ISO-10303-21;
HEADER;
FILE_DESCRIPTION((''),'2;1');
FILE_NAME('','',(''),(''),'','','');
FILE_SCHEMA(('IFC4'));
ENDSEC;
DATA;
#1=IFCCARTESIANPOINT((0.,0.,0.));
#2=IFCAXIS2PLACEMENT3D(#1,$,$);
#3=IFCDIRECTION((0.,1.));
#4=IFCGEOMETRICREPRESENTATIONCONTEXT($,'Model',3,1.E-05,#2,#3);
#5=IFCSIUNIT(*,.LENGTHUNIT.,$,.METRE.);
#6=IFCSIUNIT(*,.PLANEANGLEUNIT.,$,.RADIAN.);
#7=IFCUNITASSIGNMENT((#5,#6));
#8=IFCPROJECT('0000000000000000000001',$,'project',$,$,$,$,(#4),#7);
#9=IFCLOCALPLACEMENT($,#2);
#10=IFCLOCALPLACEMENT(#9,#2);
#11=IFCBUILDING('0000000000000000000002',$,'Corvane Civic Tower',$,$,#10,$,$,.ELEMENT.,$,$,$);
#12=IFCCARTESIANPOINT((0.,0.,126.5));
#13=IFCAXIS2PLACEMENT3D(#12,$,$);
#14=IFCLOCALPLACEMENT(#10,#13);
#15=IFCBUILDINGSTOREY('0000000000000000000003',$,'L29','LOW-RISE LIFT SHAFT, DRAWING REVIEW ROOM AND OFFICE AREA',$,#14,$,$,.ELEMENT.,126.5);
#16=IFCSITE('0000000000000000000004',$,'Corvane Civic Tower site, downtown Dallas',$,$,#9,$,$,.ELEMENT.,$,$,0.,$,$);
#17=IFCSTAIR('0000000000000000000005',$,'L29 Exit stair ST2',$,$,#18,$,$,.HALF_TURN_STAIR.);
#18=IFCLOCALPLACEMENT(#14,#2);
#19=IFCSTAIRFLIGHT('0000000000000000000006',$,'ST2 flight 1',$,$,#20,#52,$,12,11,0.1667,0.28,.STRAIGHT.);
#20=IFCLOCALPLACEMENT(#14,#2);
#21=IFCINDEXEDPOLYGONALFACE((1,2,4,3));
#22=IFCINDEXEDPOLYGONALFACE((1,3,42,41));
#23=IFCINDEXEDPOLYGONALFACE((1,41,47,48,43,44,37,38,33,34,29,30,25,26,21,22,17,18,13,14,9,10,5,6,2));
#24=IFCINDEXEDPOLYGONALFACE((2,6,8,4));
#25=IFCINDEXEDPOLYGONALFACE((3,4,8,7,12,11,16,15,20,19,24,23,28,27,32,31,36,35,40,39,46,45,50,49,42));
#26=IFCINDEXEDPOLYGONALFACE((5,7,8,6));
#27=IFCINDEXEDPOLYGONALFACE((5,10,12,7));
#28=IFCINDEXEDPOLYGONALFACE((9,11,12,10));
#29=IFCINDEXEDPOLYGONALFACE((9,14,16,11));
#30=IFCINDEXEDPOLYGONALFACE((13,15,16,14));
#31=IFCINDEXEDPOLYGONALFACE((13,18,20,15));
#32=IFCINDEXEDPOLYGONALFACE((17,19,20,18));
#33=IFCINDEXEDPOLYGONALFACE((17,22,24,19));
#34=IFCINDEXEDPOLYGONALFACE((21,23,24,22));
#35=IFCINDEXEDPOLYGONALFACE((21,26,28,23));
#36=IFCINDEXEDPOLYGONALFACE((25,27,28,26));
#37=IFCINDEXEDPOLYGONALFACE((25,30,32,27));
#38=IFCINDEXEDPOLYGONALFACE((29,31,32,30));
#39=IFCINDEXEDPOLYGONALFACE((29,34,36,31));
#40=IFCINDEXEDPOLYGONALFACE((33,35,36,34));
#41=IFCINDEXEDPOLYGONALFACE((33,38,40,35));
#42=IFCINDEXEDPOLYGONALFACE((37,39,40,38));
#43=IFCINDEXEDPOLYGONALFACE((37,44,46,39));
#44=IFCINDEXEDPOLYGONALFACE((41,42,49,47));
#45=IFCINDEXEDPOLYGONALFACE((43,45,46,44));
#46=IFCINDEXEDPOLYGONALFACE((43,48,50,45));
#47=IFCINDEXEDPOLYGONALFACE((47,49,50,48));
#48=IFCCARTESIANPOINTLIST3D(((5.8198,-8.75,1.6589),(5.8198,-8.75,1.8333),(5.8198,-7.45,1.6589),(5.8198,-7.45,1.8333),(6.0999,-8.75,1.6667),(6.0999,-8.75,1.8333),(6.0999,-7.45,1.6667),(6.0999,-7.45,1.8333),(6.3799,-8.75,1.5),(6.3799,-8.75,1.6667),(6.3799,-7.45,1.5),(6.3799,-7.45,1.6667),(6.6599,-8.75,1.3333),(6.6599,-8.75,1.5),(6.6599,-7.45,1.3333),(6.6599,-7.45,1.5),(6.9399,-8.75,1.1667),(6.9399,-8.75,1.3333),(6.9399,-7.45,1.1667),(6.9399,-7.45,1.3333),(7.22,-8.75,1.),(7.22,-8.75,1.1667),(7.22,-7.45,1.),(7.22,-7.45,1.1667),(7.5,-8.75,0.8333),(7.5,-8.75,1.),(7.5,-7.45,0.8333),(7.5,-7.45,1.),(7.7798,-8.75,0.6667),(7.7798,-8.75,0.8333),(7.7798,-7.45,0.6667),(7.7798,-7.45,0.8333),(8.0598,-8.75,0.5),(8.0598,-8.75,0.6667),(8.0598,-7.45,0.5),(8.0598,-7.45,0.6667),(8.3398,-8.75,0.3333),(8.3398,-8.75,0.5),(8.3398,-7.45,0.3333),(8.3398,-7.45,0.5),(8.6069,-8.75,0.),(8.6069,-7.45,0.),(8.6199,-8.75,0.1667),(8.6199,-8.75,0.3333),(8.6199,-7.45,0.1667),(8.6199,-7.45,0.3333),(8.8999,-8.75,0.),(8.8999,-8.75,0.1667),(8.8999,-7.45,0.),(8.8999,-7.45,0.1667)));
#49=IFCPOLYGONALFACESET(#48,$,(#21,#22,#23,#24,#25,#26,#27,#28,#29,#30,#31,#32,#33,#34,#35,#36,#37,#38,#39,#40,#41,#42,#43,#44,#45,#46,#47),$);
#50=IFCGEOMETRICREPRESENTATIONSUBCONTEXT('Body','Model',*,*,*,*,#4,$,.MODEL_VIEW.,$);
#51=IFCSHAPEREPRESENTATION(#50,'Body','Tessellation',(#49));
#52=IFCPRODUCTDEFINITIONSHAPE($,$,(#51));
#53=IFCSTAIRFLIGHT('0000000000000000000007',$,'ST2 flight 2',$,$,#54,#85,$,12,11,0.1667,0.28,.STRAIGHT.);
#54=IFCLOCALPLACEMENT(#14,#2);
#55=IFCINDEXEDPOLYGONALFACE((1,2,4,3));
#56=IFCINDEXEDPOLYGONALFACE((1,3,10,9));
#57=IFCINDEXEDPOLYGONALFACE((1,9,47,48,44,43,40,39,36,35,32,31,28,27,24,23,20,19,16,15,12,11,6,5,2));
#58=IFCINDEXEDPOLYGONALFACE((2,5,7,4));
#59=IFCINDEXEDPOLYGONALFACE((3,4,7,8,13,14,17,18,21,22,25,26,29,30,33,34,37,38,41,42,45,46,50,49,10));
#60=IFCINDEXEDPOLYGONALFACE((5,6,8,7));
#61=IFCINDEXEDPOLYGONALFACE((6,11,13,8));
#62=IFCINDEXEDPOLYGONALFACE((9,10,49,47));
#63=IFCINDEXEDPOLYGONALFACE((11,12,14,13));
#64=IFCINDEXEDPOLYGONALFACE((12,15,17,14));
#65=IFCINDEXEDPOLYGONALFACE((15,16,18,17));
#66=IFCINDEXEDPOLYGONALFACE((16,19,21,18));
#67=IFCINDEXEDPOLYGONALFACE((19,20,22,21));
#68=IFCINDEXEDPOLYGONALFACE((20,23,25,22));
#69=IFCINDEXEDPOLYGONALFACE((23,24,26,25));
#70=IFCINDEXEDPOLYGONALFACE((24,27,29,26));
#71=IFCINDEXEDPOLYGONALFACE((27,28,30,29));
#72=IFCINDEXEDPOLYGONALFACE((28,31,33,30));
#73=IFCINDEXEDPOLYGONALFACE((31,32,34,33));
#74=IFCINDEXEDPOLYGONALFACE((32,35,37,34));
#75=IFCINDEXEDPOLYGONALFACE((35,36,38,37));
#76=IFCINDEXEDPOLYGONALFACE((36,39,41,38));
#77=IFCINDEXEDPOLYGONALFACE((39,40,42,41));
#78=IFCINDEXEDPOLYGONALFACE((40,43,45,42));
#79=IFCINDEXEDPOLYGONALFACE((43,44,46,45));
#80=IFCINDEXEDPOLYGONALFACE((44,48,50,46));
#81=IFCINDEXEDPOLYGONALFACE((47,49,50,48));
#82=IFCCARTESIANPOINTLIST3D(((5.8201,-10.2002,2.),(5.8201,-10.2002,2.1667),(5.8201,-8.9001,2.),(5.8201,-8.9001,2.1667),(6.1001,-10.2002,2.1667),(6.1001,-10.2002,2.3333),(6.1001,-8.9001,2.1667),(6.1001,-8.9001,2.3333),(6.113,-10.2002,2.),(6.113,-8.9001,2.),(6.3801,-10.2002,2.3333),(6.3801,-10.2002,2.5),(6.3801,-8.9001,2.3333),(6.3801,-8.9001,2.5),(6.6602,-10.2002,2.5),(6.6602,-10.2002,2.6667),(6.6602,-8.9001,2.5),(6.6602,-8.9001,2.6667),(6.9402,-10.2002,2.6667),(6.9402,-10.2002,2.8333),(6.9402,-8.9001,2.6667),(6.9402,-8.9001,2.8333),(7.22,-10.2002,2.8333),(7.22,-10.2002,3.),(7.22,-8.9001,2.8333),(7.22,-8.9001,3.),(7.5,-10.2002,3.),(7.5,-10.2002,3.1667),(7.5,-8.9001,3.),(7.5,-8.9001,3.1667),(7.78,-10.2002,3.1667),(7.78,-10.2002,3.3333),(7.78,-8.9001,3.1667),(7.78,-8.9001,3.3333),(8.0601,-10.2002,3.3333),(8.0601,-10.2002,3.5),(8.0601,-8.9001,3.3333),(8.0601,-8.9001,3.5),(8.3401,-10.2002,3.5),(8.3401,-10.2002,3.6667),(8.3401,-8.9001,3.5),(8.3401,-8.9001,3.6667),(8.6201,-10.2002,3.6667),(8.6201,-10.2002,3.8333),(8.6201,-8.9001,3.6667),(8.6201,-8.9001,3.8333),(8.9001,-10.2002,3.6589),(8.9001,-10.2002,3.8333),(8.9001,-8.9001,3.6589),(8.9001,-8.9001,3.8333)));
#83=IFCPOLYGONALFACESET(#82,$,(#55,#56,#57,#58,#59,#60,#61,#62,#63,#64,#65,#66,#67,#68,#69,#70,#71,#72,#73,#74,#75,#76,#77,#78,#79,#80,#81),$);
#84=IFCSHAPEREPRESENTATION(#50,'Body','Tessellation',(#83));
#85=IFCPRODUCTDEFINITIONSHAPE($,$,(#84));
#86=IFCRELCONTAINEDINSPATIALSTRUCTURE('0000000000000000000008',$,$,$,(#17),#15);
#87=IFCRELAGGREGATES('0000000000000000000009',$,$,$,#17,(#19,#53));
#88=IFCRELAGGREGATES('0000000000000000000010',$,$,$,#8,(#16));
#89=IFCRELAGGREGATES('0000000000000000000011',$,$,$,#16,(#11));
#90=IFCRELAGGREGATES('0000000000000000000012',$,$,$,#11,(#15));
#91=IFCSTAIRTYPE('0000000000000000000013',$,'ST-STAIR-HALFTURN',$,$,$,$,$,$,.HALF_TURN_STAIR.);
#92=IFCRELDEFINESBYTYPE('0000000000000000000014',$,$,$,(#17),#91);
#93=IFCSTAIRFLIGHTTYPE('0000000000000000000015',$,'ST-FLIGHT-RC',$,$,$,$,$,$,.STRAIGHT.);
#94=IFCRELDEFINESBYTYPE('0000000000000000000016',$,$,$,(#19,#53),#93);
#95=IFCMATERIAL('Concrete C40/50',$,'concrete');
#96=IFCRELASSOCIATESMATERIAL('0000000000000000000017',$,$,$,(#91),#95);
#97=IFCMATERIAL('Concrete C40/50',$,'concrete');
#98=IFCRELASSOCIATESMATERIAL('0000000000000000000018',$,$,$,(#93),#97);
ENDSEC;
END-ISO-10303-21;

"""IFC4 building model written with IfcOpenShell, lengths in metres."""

from ifc_helpers import new_model, si_unit, direction, frame, origin, place, context, subcontext, project, spatial, polyline, outline, extrude, material, type_object, element, aggregate, save


model = new_model("IFC4")

# Units and contexts
model_context = context("Model", 3, precision=1e-05, world=origin(), true_north=direction((0.0, 1.0)))
body_context = subcontext(model_context, "Body", "Model", "MODEL_VIEW")
ifc_project = project(units=[si_unit("LENGTHUNIT", "METRE"), si_unit("PLANEANGLEUNIT", "RADIAN")], contexts=[model_context])

# Site, building, storey
site_placement = place(None, origin())
site = spatial("IfcSite", under=ifc_project, at=site_placement, Name="Corvane Civic Tower site, downtown Dallas", CompositionType="ELEMENT", RefElevation=0.0)
building_placement = place(site_placement, origin())
building = spatial("IfcBuilding", under=site, at=building_placement, Name="Corvane Civic Tower", CompositionType="ELEMENT")
storey_placement = place(building_placement, frame((0.0, 0.0, 126.5)))
storey = spatial("IfcBuildingStorey", under=building, at=storey_placement, Name="L29", Description="LOW-RISE LIFT SHAFT, DRAWING REVIEW ROOM AND OFFICE AREA", CompositionType="ELEMENT", Elevation=126.5)

# Stair
ifc_material_1 = material(Name="Concrete C40/50", Category="concrete")
stair_type = type_object("IfcStairType", Name="ST-STAIR-HALFTURN", PredefinedType="HALF_TURN_STAIR", material=ifc_material_1)
stair_1_placement = place(storey_placement, origin())
stair_1 = element("IfcStair", 1, at=stair_1_placement, inside=storey, type_object=stair_type, Name="L29 Exit stair ST2", PredefinedType="HALF_TURN_STAIR")

# Stair flights
ifc_material_2 = material(Name="Concrete C40/50", Category="concrete")
stair_flight_type = type_object("IfcStairFlightType", Name="ST-FLIGHT-RC", PredefinedType="STRAIGHT", material=ifc_material_2)
stair_flight_1_placement = place(storey_placement, frame((8.8999, -8.1001, 0.0), z_axis=(0.0, 0.0, 1.0), x_axis=(-1.0, 0.0, 0.0)))
stair_flight_1 = element("IfcStairFlight", 2, at=stair_flight_1_placement, type_object=stair_flight_type, Name="ST2 flight 1", NumberOfRisers=12, NumberOfTreads=11, PredefinedType="STRAIGHT", RiserHeight=0.1667, TreadLength=0.28, context=body_context, shape_type="SweptSolid", body=[
    extrude(outline(polyline([(0.0, 0.0), (0.0, 0.1667), (0.28, 0.1667), (0.28, 0.3333), (0.5601, 0.3333), (0.5601, 0.5), (0.8401, 0.5), (0.8401, 0.6667), (1.1201, 0.6667), (1.1201, 0.8333), (1.3999, 0.8333), (1.3999, 1.0), (1.6799, 1.0), (1.6799, 1.1667), (1.96, 1.1667), (1.96, 1.3333), (2.24, 1.3333), (2.24, 1.5), (2.52, 1.5), (2.52, 1.6667), (2.8, 1.6667), (2.8, 1.8333), (3.0801, 1.8333), (3.0801, 2.0), (3.0801, 1.6589), (0.293, 0.0), (0.0, 0.0)])), frame((0.0, 0.6499, 0.0), z_axis=(0.0, -1.0, 0.0), x_axis=(1.0, 0.0, 0.0)), (0.0, 0.0, 1.0), 1.3),
])
stair_flight_2_placement = place(storey_placement, frame((5.8201, -9.55, 2.0), z_axis=(0.0, 0.0, 1.0), x_axis=(1.0, 0.0, 0.0)))
stair_flight_2 = element("IfcStairFlight", 3, at=stair_flight_2_placement, type_object=stair_flight_type, Name="ST2 flight 2", NumberOfRisers=12, NumberOfTreads=11, PredefinedType="STRAIGHT", RiserHeight=0.1667, TreadLength=0.28, context=body_context, shape_type="SweptSolid", body=[
    extrude(outline(polyline([(0.0, 0.0), (0.0, 0.1667), (0.28, 0.1667), (0.28, 0.3333), (0.5601, 0.3333), (0.5601, 0.5), (0.8401, 0.5), (0.8401, 0.6667), (1.1201, 0.6667), (1.1201, 0.8333), (1.3999, 0.8333), (1.3999, 1.0), (1.6799, 1.0), (1.6799, 1.1667), (1.96, 1.1667), (1.96, 1.3333), (2.24, 1.3333), (2.24, 1.5), (2.52, 1.5), (2.52, 1.6667), (2.8, 1.6667), (2.8, 1.8333), (3.0801, 1.8333), (3.0801, 2.0), (3.0801, 1.6589), (0.293, 0.0), (0.0, 0.0)])), frame((0.0, 0.6499, 0.0), z_axis=(0.0, -1.0, 0.0), x_axis=(1.0, 0.0, 0.0)), (0.0, 0.0, 1.0), 1.3),
])
aggregate(stair_1, [stair_flight_1, stair_flight_2])

save(model, "model.ifc")
